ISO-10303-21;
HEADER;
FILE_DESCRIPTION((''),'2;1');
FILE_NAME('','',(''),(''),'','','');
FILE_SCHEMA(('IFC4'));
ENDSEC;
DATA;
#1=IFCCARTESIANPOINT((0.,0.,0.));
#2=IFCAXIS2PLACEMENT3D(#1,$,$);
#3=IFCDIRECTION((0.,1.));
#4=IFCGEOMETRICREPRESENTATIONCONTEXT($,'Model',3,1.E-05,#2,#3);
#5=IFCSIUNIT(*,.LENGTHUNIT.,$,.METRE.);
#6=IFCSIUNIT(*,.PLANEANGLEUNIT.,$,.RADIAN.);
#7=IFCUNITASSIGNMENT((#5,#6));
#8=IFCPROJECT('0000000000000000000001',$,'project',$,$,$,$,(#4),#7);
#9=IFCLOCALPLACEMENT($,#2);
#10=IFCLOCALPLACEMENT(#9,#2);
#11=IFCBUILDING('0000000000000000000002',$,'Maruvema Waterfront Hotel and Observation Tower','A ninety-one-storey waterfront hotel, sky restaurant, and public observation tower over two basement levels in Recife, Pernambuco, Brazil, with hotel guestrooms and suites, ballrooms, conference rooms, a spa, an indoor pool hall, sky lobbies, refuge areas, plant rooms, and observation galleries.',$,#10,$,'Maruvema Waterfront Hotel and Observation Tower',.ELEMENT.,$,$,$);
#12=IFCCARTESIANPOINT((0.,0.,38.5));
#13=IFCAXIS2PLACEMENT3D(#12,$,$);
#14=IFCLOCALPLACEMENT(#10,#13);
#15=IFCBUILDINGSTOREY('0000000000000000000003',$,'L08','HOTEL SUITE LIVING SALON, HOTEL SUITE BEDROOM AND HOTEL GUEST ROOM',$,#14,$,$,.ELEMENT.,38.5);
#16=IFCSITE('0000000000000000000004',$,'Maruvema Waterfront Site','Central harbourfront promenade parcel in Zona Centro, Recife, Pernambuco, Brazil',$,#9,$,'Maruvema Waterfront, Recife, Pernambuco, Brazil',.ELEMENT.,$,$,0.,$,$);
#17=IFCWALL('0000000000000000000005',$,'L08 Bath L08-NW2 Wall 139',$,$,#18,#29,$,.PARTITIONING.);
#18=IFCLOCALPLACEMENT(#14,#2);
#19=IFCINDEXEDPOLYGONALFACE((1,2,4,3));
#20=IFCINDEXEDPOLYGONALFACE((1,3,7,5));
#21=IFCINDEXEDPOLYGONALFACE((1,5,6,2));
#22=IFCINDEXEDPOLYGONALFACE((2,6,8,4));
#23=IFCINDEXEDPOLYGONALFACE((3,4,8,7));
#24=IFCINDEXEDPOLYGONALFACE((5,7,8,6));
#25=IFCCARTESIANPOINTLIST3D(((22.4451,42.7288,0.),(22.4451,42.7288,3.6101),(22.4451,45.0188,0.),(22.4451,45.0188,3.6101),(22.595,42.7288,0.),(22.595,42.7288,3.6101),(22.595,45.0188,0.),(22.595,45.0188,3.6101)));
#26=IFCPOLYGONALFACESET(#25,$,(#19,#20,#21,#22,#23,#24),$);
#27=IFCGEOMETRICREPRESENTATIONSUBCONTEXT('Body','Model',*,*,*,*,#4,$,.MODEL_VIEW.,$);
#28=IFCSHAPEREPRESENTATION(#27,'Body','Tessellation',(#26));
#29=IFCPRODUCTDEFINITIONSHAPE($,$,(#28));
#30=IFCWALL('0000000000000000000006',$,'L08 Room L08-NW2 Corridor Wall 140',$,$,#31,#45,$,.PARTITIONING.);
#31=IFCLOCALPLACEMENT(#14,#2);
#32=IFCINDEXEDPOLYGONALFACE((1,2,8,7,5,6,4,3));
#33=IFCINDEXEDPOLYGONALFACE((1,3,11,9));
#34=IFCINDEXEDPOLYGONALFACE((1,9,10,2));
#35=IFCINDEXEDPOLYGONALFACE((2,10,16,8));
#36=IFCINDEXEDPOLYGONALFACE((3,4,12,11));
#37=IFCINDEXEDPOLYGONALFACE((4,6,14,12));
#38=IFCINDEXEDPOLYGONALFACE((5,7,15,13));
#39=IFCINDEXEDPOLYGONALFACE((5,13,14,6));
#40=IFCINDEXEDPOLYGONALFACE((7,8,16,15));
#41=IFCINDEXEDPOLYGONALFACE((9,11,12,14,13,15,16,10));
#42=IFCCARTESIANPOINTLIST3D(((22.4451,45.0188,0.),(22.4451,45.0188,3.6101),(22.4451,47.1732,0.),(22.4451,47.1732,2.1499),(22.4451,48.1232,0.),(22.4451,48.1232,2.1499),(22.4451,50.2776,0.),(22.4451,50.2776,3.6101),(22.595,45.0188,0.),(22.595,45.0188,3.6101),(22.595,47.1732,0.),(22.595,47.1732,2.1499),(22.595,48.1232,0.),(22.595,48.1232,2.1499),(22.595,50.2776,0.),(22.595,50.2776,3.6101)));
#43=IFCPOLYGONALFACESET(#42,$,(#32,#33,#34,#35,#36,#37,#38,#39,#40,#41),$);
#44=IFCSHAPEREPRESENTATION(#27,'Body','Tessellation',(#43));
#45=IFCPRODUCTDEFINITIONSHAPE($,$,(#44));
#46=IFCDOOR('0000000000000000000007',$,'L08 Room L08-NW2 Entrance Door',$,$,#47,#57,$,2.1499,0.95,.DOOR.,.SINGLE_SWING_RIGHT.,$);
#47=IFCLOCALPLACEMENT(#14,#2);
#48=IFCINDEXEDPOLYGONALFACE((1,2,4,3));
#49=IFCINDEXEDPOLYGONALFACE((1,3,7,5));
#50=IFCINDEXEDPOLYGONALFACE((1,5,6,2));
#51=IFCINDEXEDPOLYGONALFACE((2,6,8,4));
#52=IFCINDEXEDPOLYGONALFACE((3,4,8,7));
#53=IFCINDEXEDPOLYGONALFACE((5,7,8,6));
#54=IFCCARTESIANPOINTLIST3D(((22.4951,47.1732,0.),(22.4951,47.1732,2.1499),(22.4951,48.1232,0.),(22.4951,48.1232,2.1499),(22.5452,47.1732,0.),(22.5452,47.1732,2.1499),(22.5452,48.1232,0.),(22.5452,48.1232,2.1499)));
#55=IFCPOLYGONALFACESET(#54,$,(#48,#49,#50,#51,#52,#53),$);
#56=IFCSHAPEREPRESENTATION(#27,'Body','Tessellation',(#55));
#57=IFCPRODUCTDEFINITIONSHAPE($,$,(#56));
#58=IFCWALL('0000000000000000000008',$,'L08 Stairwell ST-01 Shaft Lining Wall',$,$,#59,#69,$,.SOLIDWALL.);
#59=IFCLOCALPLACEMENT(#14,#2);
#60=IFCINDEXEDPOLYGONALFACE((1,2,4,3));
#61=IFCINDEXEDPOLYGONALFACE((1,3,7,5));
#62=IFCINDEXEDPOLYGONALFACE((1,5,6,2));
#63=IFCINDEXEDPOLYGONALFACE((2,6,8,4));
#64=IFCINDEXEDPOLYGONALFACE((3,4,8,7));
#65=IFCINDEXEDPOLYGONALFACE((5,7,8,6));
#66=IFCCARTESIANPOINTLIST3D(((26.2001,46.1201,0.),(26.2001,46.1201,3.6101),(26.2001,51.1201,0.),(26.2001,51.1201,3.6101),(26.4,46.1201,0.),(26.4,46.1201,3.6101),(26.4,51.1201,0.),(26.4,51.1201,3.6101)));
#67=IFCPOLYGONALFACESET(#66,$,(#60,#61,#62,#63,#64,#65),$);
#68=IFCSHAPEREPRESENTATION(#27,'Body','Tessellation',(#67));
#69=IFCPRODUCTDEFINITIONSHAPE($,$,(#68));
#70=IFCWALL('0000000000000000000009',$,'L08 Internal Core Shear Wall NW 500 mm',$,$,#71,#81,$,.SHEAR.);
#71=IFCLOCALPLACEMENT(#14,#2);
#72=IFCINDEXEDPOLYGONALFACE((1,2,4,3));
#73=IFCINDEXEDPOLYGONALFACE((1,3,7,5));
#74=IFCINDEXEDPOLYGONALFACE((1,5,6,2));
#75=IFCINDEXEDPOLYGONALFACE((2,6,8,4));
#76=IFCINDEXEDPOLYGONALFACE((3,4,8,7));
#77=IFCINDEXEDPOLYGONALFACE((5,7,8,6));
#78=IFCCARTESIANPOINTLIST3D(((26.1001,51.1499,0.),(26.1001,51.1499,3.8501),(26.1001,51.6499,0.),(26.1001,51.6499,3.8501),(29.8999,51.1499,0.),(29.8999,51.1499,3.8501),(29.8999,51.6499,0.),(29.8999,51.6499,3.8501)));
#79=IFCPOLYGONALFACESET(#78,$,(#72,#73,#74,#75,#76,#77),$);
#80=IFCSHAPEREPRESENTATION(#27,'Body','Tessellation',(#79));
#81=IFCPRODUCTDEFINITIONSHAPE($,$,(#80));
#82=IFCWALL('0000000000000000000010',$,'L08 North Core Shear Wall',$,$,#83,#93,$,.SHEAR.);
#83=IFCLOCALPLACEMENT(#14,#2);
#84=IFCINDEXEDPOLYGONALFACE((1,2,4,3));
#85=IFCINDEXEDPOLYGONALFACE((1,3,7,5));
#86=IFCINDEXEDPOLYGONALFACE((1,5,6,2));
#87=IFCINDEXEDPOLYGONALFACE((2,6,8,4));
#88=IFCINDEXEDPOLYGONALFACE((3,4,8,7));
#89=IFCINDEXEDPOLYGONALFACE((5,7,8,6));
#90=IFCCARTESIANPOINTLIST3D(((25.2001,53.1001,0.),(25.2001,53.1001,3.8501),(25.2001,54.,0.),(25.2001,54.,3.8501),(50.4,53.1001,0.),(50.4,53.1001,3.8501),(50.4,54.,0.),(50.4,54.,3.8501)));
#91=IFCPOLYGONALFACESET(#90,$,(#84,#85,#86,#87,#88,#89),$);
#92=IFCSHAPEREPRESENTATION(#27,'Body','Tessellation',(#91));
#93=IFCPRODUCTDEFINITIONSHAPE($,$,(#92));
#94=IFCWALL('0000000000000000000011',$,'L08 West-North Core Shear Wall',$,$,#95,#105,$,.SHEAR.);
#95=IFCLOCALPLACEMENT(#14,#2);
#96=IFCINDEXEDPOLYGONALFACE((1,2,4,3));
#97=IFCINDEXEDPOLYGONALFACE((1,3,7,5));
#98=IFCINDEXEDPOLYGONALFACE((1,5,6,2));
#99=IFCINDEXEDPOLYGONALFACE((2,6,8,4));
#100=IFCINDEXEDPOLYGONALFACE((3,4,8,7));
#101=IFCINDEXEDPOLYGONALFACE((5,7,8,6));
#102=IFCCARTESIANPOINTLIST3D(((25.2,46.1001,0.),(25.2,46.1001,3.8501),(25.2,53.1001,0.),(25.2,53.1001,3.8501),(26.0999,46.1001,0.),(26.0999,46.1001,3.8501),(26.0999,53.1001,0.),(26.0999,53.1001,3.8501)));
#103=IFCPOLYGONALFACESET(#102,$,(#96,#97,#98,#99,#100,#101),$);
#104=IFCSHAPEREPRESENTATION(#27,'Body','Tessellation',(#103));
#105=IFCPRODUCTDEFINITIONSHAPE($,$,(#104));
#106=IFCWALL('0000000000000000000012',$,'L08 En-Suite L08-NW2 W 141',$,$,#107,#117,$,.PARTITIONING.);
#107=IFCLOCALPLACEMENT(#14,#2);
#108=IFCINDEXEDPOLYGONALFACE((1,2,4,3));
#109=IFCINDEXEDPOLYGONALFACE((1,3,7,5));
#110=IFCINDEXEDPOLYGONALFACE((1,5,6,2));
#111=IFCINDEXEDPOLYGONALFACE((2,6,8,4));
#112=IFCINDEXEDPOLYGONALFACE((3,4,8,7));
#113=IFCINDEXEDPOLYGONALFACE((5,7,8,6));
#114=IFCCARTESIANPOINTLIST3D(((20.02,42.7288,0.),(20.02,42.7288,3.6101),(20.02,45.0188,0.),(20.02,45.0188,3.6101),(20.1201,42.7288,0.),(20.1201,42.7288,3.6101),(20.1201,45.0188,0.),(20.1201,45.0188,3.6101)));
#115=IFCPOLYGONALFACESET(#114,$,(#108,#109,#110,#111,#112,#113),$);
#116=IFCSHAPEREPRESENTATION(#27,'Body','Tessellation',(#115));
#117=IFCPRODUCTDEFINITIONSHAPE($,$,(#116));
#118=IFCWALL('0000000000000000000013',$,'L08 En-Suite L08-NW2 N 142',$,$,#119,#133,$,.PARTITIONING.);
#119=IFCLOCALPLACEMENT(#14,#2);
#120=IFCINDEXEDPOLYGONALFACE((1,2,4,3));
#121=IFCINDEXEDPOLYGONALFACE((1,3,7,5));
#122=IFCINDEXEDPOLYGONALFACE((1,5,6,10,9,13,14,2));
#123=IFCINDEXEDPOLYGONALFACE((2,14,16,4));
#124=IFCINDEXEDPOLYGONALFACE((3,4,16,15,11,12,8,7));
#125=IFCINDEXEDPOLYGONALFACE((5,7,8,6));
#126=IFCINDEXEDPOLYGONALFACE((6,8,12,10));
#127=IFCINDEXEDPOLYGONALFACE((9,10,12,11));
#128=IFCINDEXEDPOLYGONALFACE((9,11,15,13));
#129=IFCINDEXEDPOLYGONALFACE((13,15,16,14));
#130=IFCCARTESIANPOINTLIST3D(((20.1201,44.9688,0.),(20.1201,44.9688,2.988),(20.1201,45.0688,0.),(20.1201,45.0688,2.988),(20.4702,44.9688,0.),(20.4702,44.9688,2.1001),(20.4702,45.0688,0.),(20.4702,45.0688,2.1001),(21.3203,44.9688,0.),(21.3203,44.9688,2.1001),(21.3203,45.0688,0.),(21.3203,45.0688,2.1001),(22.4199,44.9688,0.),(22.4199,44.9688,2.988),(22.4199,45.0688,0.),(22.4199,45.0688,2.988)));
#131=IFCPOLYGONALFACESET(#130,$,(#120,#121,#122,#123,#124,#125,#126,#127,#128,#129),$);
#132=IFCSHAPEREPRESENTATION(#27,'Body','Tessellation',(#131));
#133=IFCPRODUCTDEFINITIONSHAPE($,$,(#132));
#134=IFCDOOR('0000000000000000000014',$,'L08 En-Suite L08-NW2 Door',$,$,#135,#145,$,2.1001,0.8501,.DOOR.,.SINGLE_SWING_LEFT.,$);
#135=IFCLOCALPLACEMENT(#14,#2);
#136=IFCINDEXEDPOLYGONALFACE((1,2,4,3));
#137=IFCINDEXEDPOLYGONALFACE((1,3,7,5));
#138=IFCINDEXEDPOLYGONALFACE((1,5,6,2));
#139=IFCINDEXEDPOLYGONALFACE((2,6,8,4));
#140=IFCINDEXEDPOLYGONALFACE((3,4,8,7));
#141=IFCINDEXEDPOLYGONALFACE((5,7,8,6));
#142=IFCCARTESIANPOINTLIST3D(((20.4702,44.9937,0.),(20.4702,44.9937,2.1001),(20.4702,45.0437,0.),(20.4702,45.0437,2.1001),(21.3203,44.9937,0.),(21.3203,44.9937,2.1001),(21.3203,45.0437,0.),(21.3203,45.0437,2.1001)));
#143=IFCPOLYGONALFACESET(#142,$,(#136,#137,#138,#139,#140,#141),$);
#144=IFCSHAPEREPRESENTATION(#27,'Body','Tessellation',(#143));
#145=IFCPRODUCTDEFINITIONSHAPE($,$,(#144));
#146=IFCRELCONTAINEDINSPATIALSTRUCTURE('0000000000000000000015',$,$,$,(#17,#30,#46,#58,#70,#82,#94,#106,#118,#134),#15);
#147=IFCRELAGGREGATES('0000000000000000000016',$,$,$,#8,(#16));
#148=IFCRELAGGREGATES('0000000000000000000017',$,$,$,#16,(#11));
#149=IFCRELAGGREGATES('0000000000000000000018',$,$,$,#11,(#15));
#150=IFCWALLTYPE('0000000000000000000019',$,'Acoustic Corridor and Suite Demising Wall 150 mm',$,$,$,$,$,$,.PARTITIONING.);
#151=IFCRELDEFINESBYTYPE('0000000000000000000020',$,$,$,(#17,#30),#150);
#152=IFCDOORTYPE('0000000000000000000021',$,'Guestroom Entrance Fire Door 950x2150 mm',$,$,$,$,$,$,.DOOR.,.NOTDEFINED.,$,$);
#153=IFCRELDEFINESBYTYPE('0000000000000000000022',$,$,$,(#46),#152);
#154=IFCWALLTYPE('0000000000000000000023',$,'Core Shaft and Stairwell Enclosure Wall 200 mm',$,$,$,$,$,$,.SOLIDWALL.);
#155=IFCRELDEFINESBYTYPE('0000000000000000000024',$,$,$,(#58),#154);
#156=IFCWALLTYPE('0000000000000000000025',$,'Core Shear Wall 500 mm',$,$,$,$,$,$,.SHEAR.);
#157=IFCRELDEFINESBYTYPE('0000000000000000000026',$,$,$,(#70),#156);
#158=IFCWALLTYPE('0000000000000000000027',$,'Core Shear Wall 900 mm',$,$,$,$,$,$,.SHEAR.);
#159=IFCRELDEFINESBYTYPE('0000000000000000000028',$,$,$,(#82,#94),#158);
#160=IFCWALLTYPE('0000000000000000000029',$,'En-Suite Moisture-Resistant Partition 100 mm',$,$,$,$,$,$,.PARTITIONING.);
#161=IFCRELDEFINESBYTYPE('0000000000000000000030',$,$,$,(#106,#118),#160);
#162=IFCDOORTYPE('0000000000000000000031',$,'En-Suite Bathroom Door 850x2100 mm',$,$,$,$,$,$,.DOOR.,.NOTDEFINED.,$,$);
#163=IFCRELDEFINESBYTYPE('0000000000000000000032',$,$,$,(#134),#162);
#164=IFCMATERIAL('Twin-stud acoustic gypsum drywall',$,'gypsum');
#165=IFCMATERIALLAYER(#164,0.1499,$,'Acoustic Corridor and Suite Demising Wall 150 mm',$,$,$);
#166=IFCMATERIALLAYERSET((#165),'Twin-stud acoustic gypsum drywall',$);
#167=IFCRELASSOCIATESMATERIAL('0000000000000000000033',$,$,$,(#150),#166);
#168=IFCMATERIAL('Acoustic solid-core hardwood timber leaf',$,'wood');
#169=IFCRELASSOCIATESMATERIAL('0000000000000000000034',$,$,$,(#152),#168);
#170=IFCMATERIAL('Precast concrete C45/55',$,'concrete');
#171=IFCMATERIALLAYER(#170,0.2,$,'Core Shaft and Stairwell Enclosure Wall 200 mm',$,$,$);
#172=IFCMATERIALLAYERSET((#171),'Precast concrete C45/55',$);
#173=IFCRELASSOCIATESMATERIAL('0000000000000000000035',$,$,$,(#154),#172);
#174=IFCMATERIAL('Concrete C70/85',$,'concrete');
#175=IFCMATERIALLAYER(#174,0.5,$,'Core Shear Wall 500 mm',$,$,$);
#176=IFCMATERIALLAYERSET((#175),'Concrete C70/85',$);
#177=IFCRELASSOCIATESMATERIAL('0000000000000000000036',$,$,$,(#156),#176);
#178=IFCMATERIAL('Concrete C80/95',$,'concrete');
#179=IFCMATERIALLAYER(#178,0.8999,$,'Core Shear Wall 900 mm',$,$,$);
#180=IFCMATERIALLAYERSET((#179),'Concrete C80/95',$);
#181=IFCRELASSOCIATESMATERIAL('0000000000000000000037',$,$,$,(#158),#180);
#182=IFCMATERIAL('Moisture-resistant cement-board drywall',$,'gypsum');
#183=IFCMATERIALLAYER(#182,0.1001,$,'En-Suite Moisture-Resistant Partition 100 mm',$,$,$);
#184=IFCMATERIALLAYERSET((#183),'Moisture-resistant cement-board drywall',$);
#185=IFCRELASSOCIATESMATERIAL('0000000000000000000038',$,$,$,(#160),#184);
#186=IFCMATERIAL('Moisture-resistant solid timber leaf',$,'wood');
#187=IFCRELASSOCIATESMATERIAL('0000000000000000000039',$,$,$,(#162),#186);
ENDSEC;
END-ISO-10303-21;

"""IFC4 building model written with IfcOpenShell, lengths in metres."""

from ifc_helpers import new_model, si_unit, direction, frame, frame_2d, origin, place, context, subcontext, project, spatial, rectangle, extrude, material, layer, layer_set, type_object, element, fill, save


model = new_model("IFC4")

# Units and contexts
model_context = context("Model", 3, precision=1e-05, world=origin(), true_north=direction((0.0, 1.0)))
body_context = subcontext(model_context, "Body", "Model", "MODEL_VIEW")
ifc_project = project(units=[si_unit("LENGTHUNIT", "METRE"), si_unit("PLANEANGLEUNIT", "RADIAN")], contexts=[model_context])

# Site, building, storey
site_placement = place(None, origin())
site = spatial("IfcSite", under=ifc_project, at=site_placement, Name="Maruvema Waterfront Site", Description="Central harbourfront promenade parcel in Zona Centro, Recife, Pernambuco, Brazil", LongName="Maruvema Waterfront, Recife, Pernambuco, Brazil", CompositionType="ELEMENT", RefElevation=0.0)
building_placement = place(site_placement, origin())
building = spatial("IfcBuilding", under=site, at=building_placement, Name="Maruvema Waterfront Hotel and Observation Tower", Description="A ninety-one-storey waterfront hotel, sky restaurant, and public observation tower over two basement levels in Recife, Pernambuco, Brazil, with hotel guestrooms and suites, ballrooms, conference rooms, a spa, an indoor pool hall, sky lobbies, refuge areas, plant rooms, and observation galleries.", LongName="Maruvema Waterfront Hotel and Observation Tower", CompositionType="ELEMENT")
storey_placement = place(building_placement, frame((0.0, 0.0, 38.5)))
storey = spatial("IfcBuildingStorey", under=building, at=storey_placement, Name="L08", Description="HOTEL SUITE LIVING SALON, HOTEL SUITE BEDROOM AND HOTEL GUEST ROOM", CompositionType="ELEMENT", Elevation=38.5)

# Wall
ifc_material_1 = material(Name="Twin-stud acoustic gypsum drywall", Category="gypsum")
ifc_layer_1 = layer(ifc_material_1, 0.1499, Name="Acoustic Corridor and Suite Demising Wall 150 mm")
ifc_layer_set_1 = layer_set([ifc_layer_1], Name="Twin-stud acoustic gypsum drywall")
wall_type_1 = type_object("IfcWallType", Name="Acoustic Corridor and Suite Demising Wall 150 mm", PredefinedType="PARTITIONING", material=ifc_layer_set_1)
wall_1_placement = place(storey_placement, frame((22.52, 42.7288, 0.0), z_axis=(0.0, 0.0, 1.0), x_axis=(0.0, 1.0, 0.0)))
element("IfcWall", 1, at=wall_1_placement, inside=storey, type_object=wall_type_1, Name="L08 Bath L08-NW2 Wall 139", PredefinedType="PARTITIONING", context=body_context, shape_type="SweptSolid", body=[
    extrude(rectangle(XDim=2.29, YDim=0.1499, at=frame_2d((1.145, 0.0))), origin(), (0.0, 0.0, 1.0), 3.6101),
])

# Wall, opening, door
wall_2_placement = place(storey_placement, frame((22.52, 45.0188, 0.0), z_axis=(0.0, 0.0, 1.0), x_axis=(0.0, 1.0, 0.0)))
wall_2 = element("IfcWall", 2, at=wall_2_placement, inside=storey, type_object=wall_type_1, Name="L08 Room L08-NW2 Corridor Wall 140", PredefinedType="PARTITIONING", context=body_context, shape_type="SweptSolid", body=[
    extrude(rectangle(XDim=5.2588, YDim=0.1499, at=frame_2d((2.6294, 0.0))), origin(), (0.0, 0.0, 1.0), 3.6101),
])
opening_1_placement = place(wall_2_placement, frame((2.1543, 0.0, 0.0)))
opening_1 = element("IfcOpeningElement", 3, at=opening_1_placement, cuts=wall_2, PredefinedType="OPENING", context=body_context, shape_type="SweptSolid", body=[
    extrude(rectangle(XDim=0.95, YDim=2.1499, at=frame_2d((0.4751, 1.075))), frame((0.0, 0.085, 0.0), z_axis=(0.0, -1.0, 0.0), x_axis=(1.0, 0.0, 0.0)), (0.0, 0.0, 1.0), 0.1699),
])
ifc_material_2 = material(Name="Acoustic solid-core hardwood timber leaf", Category="wood")
door_type_1 = type_object("IfcDoorType", Name="Guestroom Entrance Fire Door 950x2150 mm", OperationType="NOTDEFINED", PredefinedType="DOOR", material=ifc_material_2)
door_1_placement = place(opening_1_placement, origin())
door_1 = element("IfcDoor", 4, at=door_1_placement, inside=storey, type_object=door_type_1, Name="L08 Room L08-NW2 Entrance Door", OperationType="SINGLE_SWING_RIGHT", OverallHeight=2.1499, OverallWidth=0.95, PredefinedType="DOOR", context=body_context, shape_type="SweptSolid", body=[
    extrude(rectangle(XDim=0.95, YDim=2.1499, at=frame_2d((0.4751, 1.075))), frame((0.0, 0.0249, 0.0), z_axis=(0.0, -1.0, 0.0), x_axis=(1.0, 0.0, 0.0)), (0.0, 0.0, 1.0), 0.05),
])
fill(opening_1, door_1)

# Walls
ifc_material_3 = material(Name="Precast concrete C45/55", Category="concrete")
ifc_layer_2 = layer(ifc_material_3, 0.2, Name="Core Shaft and Stairwell Enclosure Wall 200 mm")
ifc_layer_set_2 = layer_set([ifc_layer_2], Name="Precast concrete C45/55")
wall_type_2 = type_object("IfcWallType", Name="Core Shaft and Stairwell Enclosure Wall 200 mm", PredefinedType="SOLIDWALL", material=ifc_layer_set_2)
wall_3_placement = place(storey_placement, frame((26.3, 46.1201, 0.0), z_axis=(0.0, 0.0, 1.0), x_axis=(0.0, 1.0, 0.0)))
element("IfcWall", 5, at=wall_3_placement, inside=storey, type_object=wall_type_2, Name="L08 Stairwell ST-01 Shaft Lining Wall", PredefinedType="SOLIDWALL", context=body_context, shape_type="SweptSolid", body=[
    extrude(rectangle(XDim=5.0, YDim=0.2, at=frame_2d((2.5, 0.0))), origin(), (0.0, 0.0, 1.0), 3.6101),
])
ifc_material_4 = material(Name="Concrete C70/85", Category="concrete")
ifc_layer_3 = layer(ifc_material_4, 0.5, Name="Core Shear Wall 500 mm")
ifc_layer_set_3 = layer_set([ifc_layer_3], Name="Concrete C70/85")
wall_type_3 = type_object("IfcWallType", Name="Core Shear Wall 500 mm", PredefinedType="SHEAR", material=ifc_layer_set_3)
wall_4_placement = place(storey_placement, frame((26.1001, 51.3999, 0.0), z_axis=(0.0, 0.0, 1.0), x_axis=(1.0, 0.0, 0.0)))
element("IfcWall", 6, at=wall_4_placement, inside=storey, type_object=wall_type_3, Name="L08 Internal Core Shear Wall NW 500 mm", PredefinedType="SHEAR", context=body_context, shape_type="SweptSolid", body=[
    extrude(rectangle(XDim=3.7998, YDim=0.5, at=frame_2d((1.8999, 0.0))), origin(), (0.0, 0.0, 1.0), 3.8501),
])
ifc_material_5 = material(Name="Concrete C80/95", Category="concrete")
ifc_layer_4 = layer(ifc_material_5, 0.8999, Name="Core Shear Wall 900 mm")
ifc_layer_set_4 = layer_set([ifc_layer_4], Name="Concrete C80/95")
wall_type_4 = type_object("IfcWallType", Name="Core Shear Wall 900 mm", PredefinedType="SHEAR", material=ifc_layer_set_4)
wall_5_placement = place(storey_placement, frame((25.2, 53.55, 0.0), z_axis=(0.0, 0.0, 1.0), x_axis=(1.0, 0.0, 0.0)))
element("IfcWall", 7, at=wall_5_placement, inside=storey, type_object=wall_type_4, Name="L08 North Core Shear Wall", PredefinedType="SHEAR", context=body_context, shape_type="SweptSolid", body=[
    extrude(rectangle(XDim=25.2, YDim=0.8999, at=frame_2d((12.6001, 0.0))), origin(), (0.0, 0.0, 1.0), 3.8501),
])
wall_6_placement = place(storey_placement, frame((25.6499, 46.1001, 0.0), z_axis=(0.0, 0.0, 1.0), x_axis=(0.0, 1.0, 0.0)))
element("IfcWall", 8, at=wall_6_placement, inside=storey, type_object=wall_type_4, Name="L08 West-North Core Shear Wall", PredefinedType="SHEAR", context=body_context, shape_type="SweptSolid", body=[
    extrude(rectangle(XDim=7.0, YDim=0.8999, at=frame_2d((3.5, 0.0))), origin(), (0.0, 0.0, 1.0), 3.8501),
])
ifc_material_6 = material(Name="Moisture-resistant cement-board drywall", Category="gypsum")
ifc_layer_5 = layer(ifc_material_6, 0.1001, Name="En-Suite Moisture-Resistant Partition 100 mm")
ifc_layer_set_5 = layer_set([ifc_layer_5], Name="Moisture-resistant cement-board drywall")
wall_type_5 = type_object("IfcWallType", Name="En-Suite Moisture-Resistant Partition 100 mm", PredefinedType="PARTITIONING", material=ifc_layer_set_5)
wall_7_placement = place(storey_placement, frame((20.0701, 42.7288, 0.0), z_axis=(0.0, 0.0, 1.0), x_axis=(0.0, 1.0, 0.0)))
element("IfcWall", 9, at=wall_7_placement, inside=storey, type_object=wall_type_5, Name="L08 En-Suite L08-NW2 W 141", PredefinedType="PARTITIONING", context=body_context, shape_type="SweptSolid", body=[
    extrude(rectangle(XDim=2.29, YDim=0.1001, at=frame_2d((1.145, 0.0))), origin(), (0.0, 0.0, 1.0), 3.6101),
])

# Wall, opening, door
wall_8_placement = place(storey_placement, frame((20.1201, 45.0188, 0.0), z_axis=(0.0, 0.0, 1.0), x_axis=(1.0, 0.0, 0.0)))
wall_8 = element("IfcWall", 10, at=wall_8_placement, inside=storey, type_object=wall_type_5, Name="L08 En-Suite L08-NW2 N 142", PredefinedType="PARTITIONING", context=body_context, shape_type="SweptSolid", body=[
    extrude(rectangle(XDim=2.2998, YDim=0.1001, at=frame_2d((1.1499, 0.0))), origin(), (0.0, 0.0, 1.0), 2.988),
])
opening_2_placement = place(wall_8_placement, frame((0.3501, 0.0, 0.0)))
opening_2 = element("IfcOpeningElement", 11, at=opening_2_placement, cuts=wall_8, PredefinedType="OPENING", context=body_context, shape_type="SweptSolid", body=[
    extrude(rectangle(XDim=0.8501, YDim=2.1001, at=frame_2d((0.425, 1.05))), frame((0.0, 0.0601, 0.0), z_axis=(0.0, -1.0, 0.0), x_axis=(1.0, 0.0, 0.0)), (0.0, 0.0, 1.0), 0.1201),
])
ifc_material_7 = material(Name="Moisture-resistant solid timber leaf", Category="wood")
door_type_2 = type_object("IfcDoorType", Name="En-Suite Bathroom Door 850x2100 mm", OperationType="NOTDEFINED", PredefinedType="DOOR", material=ifc_material_7)
door_2_placement = place(opening_2_placement, origin())
door_2 = element("IfcDoor", 12, at=door_2_placement, inside=storey, type_object=door_type_2, Name="L08 En-Suite L08-NW2 Door", OperationType="SINGLE_SWING_LEFT", OverallHeight=2.1001, OverallWidth=0.8501, PredefinedType="DOOR", context=body_context, shape_type="SweptSolid", body=[
    extrude(rectangle(XDim=0.8501, YDim=2.1001, at=frame_2d((0.425, 1.05))), frame((0.0, 0.0249, 0.0), z_axis=(0.0, -1.0, 0.0), x_axis=(1.0, 0.0, 0.0)), (0.0, 0.0, 1.0), 0.05),
])
fill(opening_2, door_2)

save(model, "model.ifc")
